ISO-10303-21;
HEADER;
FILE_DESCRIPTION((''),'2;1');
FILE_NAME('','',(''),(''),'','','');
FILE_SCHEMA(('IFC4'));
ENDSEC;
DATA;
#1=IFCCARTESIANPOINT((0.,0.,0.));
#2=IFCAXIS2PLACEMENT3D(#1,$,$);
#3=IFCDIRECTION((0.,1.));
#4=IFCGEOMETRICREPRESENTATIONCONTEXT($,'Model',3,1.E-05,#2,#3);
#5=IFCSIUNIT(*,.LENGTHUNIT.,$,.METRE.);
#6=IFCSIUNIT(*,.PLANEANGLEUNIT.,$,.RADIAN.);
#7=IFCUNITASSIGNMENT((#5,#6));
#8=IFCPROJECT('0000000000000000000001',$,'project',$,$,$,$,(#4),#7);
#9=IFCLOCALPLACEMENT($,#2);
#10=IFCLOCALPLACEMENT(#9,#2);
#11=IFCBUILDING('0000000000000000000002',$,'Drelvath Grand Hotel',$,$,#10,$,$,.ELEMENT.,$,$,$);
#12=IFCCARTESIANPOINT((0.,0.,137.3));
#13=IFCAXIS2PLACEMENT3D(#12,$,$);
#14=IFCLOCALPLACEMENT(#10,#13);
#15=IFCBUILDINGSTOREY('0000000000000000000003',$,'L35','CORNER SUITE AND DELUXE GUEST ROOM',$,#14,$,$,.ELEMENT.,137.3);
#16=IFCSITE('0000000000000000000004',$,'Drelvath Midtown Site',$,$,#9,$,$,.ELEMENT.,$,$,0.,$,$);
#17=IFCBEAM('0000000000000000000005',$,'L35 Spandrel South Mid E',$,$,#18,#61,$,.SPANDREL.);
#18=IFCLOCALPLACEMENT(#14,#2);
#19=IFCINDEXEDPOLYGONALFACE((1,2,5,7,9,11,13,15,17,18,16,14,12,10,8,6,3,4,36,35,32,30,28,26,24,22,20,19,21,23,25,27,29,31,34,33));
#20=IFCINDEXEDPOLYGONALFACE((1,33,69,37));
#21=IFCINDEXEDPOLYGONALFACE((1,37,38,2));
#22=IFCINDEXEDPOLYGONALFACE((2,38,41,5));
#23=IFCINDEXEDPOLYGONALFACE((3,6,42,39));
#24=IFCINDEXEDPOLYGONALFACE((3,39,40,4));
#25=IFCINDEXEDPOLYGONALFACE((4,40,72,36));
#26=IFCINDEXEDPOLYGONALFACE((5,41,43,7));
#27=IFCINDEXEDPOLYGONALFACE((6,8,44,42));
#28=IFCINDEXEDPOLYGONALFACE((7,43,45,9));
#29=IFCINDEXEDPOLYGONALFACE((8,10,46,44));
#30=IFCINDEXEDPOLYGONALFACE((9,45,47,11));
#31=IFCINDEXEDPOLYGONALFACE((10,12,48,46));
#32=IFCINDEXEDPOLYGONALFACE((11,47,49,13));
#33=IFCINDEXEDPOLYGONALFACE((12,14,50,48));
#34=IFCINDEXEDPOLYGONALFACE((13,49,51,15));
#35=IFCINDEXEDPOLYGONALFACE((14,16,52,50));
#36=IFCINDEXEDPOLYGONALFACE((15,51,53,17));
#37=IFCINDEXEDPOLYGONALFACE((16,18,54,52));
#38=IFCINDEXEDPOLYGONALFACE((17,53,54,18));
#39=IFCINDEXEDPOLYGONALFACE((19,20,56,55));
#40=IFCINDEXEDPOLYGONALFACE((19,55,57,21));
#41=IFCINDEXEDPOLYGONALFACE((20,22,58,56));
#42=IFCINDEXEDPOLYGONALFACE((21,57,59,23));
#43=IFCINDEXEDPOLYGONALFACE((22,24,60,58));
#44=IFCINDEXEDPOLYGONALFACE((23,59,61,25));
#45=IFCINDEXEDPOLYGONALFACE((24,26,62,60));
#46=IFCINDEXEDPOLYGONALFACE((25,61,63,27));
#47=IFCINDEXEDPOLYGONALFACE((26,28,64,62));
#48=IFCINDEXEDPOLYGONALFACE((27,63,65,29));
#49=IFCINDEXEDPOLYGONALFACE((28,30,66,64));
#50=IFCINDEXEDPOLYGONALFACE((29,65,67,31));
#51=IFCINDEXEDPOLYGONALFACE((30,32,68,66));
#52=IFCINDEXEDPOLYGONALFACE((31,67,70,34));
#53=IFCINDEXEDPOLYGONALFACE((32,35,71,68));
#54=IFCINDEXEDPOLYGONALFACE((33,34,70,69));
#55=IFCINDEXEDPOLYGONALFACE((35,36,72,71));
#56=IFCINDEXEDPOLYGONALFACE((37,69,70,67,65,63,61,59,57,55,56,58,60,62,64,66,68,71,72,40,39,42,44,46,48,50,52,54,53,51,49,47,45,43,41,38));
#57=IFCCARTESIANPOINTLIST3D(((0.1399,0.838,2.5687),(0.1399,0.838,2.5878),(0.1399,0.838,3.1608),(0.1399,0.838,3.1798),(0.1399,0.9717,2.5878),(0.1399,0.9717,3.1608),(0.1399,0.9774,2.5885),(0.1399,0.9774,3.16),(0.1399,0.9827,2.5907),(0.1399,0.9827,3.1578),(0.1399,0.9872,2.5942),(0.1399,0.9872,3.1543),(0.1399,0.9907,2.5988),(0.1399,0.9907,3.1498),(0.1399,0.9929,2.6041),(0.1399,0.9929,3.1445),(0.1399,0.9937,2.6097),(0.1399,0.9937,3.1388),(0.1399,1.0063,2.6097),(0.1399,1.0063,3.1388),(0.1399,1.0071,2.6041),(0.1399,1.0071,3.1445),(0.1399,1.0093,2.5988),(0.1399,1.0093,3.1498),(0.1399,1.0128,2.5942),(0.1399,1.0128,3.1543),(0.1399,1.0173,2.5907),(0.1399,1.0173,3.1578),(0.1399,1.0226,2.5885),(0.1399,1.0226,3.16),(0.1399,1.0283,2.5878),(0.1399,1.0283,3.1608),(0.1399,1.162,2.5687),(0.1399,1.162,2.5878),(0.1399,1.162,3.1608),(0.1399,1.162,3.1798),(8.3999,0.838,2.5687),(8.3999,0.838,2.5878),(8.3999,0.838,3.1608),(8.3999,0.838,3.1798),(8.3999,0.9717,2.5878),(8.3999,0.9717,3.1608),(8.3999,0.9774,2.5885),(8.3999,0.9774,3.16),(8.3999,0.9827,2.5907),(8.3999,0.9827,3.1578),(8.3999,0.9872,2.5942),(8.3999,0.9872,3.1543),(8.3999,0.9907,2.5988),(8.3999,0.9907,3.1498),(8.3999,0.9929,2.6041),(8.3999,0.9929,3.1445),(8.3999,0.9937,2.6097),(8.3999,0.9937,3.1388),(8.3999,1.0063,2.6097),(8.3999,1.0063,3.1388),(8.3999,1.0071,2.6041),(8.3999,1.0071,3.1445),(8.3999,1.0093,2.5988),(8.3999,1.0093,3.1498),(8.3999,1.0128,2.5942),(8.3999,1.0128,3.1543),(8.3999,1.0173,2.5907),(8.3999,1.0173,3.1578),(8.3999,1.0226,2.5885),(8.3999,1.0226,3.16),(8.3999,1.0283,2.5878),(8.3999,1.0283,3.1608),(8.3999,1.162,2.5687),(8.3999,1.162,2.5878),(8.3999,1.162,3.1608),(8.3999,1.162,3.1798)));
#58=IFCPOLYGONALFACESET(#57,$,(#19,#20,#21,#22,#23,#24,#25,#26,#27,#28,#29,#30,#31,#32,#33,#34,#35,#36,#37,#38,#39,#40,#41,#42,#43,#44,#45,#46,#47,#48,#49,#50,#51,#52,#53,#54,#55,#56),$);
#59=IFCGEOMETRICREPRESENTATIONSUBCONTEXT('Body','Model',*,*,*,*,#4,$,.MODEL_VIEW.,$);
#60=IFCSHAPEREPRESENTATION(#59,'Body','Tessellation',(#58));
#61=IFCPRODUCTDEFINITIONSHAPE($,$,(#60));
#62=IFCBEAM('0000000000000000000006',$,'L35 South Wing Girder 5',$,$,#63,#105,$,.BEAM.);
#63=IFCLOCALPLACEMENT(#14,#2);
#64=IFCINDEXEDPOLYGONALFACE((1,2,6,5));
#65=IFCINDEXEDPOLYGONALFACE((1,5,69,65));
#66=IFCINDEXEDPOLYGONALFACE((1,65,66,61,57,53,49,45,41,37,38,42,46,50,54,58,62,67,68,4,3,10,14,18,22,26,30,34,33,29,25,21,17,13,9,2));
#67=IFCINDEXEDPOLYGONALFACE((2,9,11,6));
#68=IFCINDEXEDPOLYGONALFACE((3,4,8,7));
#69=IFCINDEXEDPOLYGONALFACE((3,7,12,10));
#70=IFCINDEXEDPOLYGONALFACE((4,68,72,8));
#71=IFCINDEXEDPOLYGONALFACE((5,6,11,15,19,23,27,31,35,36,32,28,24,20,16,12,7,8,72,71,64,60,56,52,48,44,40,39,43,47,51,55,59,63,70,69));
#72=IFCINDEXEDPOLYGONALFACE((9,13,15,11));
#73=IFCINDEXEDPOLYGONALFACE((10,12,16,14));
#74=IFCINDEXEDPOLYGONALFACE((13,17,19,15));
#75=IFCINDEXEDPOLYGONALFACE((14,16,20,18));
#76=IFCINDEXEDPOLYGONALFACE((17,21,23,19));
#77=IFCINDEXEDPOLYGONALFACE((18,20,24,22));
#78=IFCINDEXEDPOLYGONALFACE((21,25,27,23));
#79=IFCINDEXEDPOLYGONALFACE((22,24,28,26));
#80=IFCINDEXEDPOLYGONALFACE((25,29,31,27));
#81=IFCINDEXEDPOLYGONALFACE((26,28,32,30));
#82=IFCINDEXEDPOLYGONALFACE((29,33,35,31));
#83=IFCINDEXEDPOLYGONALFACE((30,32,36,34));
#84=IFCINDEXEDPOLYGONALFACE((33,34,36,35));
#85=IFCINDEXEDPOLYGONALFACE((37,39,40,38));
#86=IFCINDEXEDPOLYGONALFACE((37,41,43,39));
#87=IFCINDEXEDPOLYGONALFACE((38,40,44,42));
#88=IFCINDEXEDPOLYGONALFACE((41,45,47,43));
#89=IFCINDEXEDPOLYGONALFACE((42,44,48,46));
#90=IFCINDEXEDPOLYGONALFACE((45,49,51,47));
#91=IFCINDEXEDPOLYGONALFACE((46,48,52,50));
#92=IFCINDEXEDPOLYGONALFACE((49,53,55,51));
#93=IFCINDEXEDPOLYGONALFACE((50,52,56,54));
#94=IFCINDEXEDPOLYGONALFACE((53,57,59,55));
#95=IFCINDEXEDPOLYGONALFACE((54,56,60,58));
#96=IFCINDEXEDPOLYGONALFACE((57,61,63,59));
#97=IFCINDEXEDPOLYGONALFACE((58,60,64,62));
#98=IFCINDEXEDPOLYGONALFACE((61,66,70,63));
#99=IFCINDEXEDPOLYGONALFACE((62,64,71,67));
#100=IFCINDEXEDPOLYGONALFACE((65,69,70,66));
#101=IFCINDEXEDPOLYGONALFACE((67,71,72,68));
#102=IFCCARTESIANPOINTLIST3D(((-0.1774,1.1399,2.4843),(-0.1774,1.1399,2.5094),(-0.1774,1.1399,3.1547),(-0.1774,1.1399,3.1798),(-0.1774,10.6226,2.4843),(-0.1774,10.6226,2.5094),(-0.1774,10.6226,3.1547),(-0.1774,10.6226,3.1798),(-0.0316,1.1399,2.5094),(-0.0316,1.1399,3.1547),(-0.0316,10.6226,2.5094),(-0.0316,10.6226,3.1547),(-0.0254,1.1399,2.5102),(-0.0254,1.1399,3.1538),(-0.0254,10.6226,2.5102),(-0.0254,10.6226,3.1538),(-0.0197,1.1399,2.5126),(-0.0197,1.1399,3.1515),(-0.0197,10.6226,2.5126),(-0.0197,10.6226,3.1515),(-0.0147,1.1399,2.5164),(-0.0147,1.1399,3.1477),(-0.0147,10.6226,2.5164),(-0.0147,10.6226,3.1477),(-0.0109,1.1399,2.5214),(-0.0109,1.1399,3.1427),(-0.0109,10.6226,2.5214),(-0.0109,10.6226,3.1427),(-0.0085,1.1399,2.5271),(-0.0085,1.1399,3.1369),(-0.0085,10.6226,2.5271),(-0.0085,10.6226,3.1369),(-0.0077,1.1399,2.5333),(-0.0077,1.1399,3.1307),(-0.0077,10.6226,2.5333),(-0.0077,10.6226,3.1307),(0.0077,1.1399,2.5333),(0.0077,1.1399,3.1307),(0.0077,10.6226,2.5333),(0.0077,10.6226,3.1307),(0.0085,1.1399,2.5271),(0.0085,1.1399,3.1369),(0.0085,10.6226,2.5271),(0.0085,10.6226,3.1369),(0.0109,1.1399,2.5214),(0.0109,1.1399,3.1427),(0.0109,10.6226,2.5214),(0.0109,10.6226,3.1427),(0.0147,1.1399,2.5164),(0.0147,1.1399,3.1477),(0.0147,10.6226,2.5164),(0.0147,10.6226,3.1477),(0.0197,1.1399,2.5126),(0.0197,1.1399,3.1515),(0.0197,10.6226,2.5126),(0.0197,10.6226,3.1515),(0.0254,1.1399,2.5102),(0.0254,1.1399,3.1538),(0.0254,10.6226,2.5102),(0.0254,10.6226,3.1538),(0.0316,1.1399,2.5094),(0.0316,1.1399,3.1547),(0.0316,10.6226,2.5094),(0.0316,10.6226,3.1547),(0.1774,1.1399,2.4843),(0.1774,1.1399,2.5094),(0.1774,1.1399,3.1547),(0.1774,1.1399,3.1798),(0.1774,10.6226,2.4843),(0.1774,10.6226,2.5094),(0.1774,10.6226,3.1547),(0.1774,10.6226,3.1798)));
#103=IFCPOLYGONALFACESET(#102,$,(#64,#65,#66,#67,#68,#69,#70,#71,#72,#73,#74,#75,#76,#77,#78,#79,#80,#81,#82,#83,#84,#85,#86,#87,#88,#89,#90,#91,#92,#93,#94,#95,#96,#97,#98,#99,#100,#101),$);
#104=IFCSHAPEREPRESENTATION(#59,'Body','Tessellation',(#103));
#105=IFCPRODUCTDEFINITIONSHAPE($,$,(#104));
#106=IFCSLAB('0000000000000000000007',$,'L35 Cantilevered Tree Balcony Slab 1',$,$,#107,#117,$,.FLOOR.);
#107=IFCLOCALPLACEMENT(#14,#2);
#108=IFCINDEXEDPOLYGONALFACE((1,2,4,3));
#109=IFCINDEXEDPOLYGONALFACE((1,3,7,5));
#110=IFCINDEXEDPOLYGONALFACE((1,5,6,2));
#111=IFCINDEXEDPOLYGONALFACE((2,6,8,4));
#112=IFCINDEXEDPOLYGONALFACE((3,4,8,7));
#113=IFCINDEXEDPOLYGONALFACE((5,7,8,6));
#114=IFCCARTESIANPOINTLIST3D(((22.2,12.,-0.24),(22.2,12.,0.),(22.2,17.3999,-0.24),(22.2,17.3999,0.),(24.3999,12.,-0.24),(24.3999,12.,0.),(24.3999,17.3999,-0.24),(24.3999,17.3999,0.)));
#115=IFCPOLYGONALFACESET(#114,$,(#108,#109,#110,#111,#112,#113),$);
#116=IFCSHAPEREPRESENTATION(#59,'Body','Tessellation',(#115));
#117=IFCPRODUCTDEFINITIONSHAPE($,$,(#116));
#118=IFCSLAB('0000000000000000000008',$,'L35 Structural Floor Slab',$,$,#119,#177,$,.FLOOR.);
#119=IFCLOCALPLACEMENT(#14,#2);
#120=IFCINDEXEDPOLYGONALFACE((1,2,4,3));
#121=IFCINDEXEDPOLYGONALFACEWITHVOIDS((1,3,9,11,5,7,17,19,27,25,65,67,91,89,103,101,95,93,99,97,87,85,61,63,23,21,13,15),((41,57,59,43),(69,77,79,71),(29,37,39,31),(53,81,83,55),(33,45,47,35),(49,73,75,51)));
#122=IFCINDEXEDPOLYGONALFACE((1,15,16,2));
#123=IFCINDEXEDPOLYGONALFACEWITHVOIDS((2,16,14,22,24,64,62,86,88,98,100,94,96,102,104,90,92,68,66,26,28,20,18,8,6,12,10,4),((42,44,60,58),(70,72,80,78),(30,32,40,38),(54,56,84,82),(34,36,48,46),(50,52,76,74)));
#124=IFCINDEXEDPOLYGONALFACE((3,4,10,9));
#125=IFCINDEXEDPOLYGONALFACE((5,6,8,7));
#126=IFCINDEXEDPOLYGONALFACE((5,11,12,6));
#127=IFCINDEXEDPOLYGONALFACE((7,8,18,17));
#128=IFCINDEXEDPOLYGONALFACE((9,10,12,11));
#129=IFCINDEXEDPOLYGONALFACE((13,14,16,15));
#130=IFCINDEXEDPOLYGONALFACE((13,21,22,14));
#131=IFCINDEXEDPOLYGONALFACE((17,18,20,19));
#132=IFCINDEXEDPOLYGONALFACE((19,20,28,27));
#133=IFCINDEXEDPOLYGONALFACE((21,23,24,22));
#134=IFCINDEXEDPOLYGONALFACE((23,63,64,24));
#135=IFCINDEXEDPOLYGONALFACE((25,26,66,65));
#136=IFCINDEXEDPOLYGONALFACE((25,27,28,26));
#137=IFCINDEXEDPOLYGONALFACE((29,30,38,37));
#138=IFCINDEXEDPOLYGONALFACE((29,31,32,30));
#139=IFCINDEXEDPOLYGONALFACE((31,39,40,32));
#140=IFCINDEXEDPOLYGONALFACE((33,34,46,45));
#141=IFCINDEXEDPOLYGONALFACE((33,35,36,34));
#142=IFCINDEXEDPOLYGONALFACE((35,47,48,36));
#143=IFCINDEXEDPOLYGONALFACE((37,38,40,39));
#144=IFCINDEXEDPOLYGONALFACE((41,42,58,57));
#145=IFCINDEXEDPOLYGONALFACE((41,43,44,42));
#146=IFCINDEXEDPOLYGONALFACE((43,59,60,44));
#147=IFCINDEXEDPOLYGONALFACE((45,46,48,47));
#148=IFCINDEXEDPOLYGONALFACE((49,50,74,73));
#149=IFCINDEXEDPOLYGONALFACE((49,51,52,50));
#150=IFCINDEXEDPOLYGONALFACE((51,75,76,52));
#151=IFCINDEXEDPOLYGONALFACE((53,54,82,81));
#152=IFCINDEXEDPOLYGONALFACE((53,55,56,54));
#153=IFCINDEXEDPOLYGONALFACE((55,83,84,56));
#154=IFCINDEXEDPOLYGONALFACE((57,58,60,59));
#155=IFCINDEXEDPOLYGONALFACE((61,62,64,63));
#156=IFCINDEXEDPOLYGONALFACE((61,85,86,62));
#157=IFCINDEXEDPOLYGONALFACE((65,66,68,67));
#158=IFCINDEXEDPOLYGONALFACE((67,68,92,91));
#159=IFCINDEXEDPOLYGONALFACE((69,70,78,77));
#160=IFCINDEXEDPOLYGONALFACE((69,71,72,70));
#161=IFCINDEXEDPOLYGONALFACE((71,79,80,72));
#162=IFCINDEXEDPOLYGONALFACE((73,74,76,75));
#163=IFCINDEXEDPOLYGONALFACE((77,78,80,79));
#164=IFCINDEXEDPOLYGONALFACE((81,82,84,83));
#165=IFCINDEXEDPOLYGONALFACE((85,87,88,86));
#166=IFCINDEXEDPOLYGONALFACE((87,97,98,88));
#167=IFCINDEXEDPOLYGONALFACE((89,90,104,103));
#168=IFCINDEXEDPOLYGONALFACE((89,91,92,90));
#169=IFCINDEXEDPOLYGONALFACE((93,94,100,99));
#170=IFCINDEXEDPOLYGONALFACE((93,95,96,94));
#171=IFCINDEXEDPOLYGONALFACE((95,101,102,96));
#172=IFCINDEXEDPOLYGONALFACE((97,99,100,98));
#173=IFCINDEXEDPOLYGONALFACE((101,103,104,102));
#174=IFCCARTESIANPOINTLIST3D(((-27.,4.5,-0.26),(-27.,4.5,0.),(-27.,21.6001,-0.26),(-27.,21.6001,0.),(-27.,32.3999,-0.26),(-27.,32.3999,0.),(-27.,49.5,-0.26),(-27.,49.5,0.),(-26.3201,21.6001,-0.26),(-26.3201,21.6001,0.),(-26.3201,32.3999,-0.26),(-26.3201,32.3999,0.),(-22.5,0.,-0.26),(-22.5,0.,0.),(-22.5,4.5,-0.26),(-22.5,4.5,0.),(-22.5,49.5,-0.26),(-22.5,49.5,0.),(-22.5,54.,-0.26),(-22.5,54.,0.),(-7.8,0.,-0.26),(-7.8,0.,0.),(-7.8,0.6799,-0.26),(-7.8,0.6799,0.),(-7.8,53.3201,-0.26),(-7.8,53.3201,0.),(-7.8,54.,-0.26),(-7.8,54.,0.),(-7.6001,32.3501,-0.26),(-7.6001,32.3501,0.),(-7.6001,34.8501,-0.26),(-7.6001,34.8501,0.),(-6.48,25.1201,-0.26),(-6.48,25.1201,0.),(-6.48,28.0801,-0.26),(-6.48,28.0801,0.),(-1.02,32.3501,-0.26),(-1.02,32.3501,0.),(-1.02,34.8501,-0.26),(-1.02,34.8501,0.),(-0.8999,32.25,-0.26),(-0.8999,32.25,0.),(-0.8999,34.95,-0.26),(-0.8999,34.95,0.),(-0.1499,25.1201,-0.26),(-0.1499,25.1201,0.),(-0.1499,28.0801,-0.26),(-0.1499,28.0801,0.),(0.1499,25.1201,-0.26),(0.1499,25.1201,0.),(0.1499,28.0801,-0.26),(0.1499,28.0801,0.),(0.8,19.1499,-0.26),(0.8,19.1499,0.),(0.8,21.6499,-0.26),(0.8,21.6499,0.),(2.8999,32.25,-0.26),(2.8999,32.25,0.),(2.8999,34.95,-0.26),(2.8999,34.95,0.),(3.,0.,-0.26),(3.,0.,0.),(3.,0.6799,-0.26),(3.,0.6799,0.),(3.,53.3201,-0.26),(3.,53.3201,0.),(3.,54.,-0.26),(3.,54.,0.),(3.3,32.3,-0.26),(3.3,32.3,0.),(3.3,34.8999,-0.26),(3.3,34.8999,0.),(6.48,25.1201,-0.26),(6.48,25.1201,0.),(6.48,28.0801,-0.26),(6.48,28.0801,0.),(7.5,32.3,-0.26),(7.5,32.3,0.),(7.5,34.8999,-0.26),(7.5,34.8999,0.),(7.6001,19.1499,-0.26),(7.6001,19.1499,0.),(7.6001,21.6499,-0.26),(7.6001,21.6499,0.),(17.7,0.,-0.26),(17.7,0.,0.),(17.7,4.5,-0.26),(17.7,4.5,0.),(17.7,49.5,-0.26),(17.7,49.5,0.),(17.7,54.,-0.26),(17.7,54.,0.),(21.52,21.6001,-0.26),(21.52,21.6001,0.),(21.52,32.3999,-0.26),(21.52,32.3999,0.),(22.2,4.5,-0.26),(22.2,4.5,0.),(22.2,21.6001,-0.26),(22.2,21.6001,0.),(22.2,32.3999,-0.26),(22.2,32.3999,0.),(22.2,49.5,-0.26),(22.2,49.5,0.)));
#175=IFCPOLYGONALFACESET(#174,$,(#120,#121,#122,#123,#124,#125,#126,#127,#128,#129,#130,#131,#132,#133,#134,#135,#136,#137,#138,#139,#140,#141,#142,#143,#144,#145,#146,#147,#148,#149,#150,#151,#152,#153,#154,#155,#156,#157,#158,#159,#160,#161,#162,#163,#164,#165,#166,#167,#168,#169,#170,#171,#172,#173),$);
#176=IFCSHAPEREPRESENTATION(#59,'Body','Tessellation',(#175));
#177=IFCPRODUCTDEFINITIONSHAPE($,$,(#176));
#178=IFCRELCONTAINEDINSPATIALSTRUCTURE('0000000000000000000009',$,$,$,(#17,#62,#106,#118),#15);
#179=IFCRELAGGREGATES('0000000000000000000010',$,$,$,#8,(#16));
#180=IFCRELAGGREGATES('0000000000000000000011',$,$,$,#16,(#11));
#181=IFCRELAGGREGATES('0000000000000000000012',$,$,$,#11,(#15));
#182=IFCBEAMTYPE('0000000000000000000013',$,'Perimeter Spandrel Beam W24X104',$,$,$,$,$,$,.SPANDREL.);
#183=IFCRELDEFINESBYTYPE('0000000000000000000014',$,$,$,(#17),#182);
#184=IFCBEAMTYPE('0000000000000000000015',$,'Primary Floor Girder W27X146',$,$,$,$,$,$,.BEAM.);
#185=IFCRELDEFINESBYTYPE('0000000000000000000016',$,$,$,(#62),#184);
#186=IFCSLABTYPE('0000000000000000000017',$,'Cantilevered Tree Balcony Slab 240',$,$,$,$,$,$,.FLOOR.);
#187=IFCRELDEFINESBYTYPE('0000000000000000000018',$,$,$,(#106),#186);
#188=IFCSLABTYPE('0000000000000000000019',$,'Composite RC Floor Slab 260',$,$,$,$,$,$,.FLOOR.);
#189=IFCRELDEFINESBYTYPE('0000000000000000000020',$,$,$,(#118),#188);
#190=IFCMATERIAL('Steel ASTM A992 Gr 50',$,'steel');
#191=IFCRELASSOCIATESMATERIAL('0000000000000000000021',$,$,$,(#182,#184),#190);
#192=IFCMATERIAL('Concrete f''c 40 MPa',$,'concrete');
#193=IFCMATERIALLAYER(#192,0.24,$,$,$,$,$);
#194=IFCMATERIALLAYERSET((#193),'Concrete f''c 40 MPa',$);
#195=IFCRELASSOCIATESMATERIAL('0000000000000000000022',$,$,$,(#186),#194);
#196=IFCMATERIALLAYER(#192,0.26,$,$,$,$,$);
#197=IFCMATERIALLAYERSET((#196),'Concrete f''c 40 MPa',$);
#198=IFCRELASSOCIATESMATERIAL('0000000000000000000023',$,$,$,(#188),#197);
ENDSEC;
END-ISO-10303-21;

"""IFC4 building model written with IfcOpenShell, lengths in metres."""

from ifc_helpers import new_model, si_unit, direction, frame, origin, origin_2d, place, context, subcontext, project, spatial, polyline, i_section, outline, extrude, material, layer, layer_set, material_profile, profile_set, type_object, element, save


model = new_model("IFC4")

# Units and contexts
model_context = context("Model", 3, precision=1e-05, world=origin(), true_north=direction((0.0, 1.0)))
body_context = subcontext(model_context, "Body", "Model", "MODEL_VIEW")
ifc_project = project(units=[si_unit("LENGTHUNIT", "METRE"), si_unit("PLANEANGLEUNIT", "RADIAN")], contexts=[model_context])

# Site, building, storey
site_placement = place(None, origin())
site = spatial("IfcSite", under=ifc_project, at=site_placement, Name="Drelvath Midtown Site", CompositionType="ELEMENT", RefElevation=0.0)
building_placement = place(site_placement, origin())
building = spatial("IfcBuilding", under=site, at=building_placement, Name="Drelvath Grand Hotel", CompositionType="ELEMENT")
storey_placement = place(building_placement, frame((0.0, 0.0, 137.3)))
storey = spatial("IfcBuildingStorey", under=building, at=storey_placement, Name="L35", Description="CORNER SUITE AND DELUXE GUEST ROOM", CompositionType="ELEMENT", Elevation=137.3)

# Beams
ifc_material_1 = material(Name="Steel ASTM A992 Gr 50", Category="steel")
ifc_material_profile_1 = material_profile(ifc_material_1, i_section(OverallWidth=0.324, OverallDepth=0.6111, WebThickness=0.0127, FlangeThickness=0.019, FilletRadius=0.022, at=origin_2d()), Name="W24X104")
ifc_profile_set_1 = profile_set([ifc_material_profile_1], Name="Steel ASTM A992 Gr 50")
beam_type_1 = type_object("IfcBeamType", Name="Perimeter Spandrel Beam W24X104", PredefinedType="SPANDREL", material=ifc_profile_set_1)
beam_1_placement = place(storey_placement, frame((0.1399, 1.0, 2.8743), z_axis=(1.0, 0.0, 0.0), x_axis=(0.0, 1.0, 0.0)))
element("IfcBeam", 1, at=beam_1_placement, inside=storey, type_object=beam_type_1, Name="L35 Spandrel South Mid E", PredefinedType="SPANDREL", context=body_context, shape_type="SweptSolid", body=[
    extrude(i_section(OverallWidth=0.324, OverallDepth=0.6111, WebThickness=0.0127, FlangeThickness=0.019, FilletRadius=0.022, at=origin_2d()), origin(), (0.0, 0.0, 1.0), 8.26),
])
ifc_material_profile_2 = material_profile(ifc_material_1, i_section(OverallWidth=0.3547, OverallDepth=0.6956, WebThickness=0.0154, FlangeThickness=0.0251, FilletRadius=0.0239, at=origin_2d()), Name="W27X146")
ifc_profile_set_2 = profile_set([ifc_material_profile_2], Name="Steel ASTM A992 Gr 50")
beam_type_2 = type_object("IfcBeamType", Name="Primary Floor Girder W27X146", PredefinedType="BEAM", material=ifc_profile_set_2)
beam_2_placement = place(storey_placement, frame((0.0, 1.1399, 2.832), z_axis=(0.0, 1.0, 0.0), x_axis=(-1.0, 0.0, 0.0)))
element("IfcBeam", 2, at=beam_2_placement, inside=storey, type_object=beam_type_2, Name="L35 South Wing Girder 5", PredefinedType="BEAM", context=body_context, shape_type="SweptSolid", body=[
    extrude(i_section(OverallWidth=0.3547, OverallDepth=0.6956, WebThickness=0.0154, FlangeThickness=0.0251, FilletRadius=0.0239, at=origin_2d()), origin(), (0.0, 0.0, 1.0), 9.4827),
])

# Slabs
ifc_material_2 = material(Name="Concrete f'c 40 MPa", Category="concrete")
ifc_layer_1 = layer(ifc_material_2, 0.24)
ifc_layer_set_1 = layer_set([ifc_layer_1], Name="Concrete f'c 40 MPa")
slab_type_1 = type_object("IfcSlabType", Name="Cantilevered Tree Balcony Slab 240", PredefinedType="FLOOR", material=ifc_layer_set_1)
slab_1_placement = place(storey_placement, frame((0.0, 0.0, -0.24)))
element("IfcSlab", 3, at=slab_1_placement, inside=storey, type_object=slab_type_1, Name="L35 Cantilevered Tree Balcony Slab 1", PredefinedType="FLOOR", context=body_context, shape_type="SweptSolid", body=[
    extrude(outline(polyline([(22.2, 12.0), (24.3999, 12.0), (24.3999, 17.3999), (22.2, 17.3999), (22.2, 12.0)])), origin(), (0.0, 0.0, 1.0), 0.24),
])
ifc_layer_2 = layer(ifc_material_2, 0.26)
ifc_layer_set_2 = layer_set([ifc_layer_2], Name="Concrete f'c 40 MPa")
slab_type_2 = type_object("IfcSlabType", Name="Composite RC Floor Slab 260", PredefinedType="FLOOR", material=ifc_layer_set_2)
slab_2_placement = place(storey_placement, frame((0.0, 0.0, -0.26)))
element("IfcSlab", 4, at=slab_2_placement, inside=storey, type_object=slab_type_2, Name="L35 Structural Floor Slab", PredefinedType="FLOOR", context=body_context, shape_type="SweptSolid", body=[
    extrude(outline(polyline([(-22.5, 0.0), (-7.8, 0.0), (-7.8, 0.6799), (3.0, 0.6799), (3.0, 0.0), (17.7, 0.0), (17.7, 4.5), (22.2, 4.5), (22.2, 21.6001), (21.52, 21.6001), (21.52, 32.3999), (22.2, 32.3999), (22.2, 49.5), (17.7, 49.5), (17.7, 54.0), (3.0, 54.0), (3.0, 53.3201), (-7.8, 53.3201), (-7.8, 54.0), (-22.5, 54.0), (-22.5, 49.5), (-27.0, 49.5), (-27.0, 32.3999), (-26.3201, 32.3999), (-26.3201, 21.6001), (-27.0, 21.6001), (-27.0, 4.5), (-22.5, 4.5), (-22.5, 0.0)]), holes=[polyline([(-6.48, 25.1201), (-6.48, 28.0801), (-0.1499, 28.0801), (-0.1499, 25.1201), (-6.48, 25.1201)]), polyline([(0.1499, 25.1201), (0.1499, 28.0801), (6.48, 28.0801), (6.48, 25.1201), (0.1499, 25.1201)]), polyline([(0.8, 19.1499), (0.8, 21.6499), (7.6001, 21.6499), (7.6001, 19.1499), (0.8, 19.1499)]), polyline([(-7.6001, 32.3501), (-7.6001, 34.8501), (-1.02, 34.8501), (-1.02, 32.3501), (-7.6001, 32.3501)]), polyline([(-0.8999, 32.25), (-0.8999, 34.95), (2.8999, 34.95), (2.8999, 32.25), (-0.8999, 32.25)]), polyline([(3.3, 32.3), (3.3, 34.8999), (7.5, 34.8999), (7.5, 32.3), (3.3, 32.3)])]), origin(), (0.0, 0.0, 1.0), 0.26),
])

save(model, "model.ifc")
